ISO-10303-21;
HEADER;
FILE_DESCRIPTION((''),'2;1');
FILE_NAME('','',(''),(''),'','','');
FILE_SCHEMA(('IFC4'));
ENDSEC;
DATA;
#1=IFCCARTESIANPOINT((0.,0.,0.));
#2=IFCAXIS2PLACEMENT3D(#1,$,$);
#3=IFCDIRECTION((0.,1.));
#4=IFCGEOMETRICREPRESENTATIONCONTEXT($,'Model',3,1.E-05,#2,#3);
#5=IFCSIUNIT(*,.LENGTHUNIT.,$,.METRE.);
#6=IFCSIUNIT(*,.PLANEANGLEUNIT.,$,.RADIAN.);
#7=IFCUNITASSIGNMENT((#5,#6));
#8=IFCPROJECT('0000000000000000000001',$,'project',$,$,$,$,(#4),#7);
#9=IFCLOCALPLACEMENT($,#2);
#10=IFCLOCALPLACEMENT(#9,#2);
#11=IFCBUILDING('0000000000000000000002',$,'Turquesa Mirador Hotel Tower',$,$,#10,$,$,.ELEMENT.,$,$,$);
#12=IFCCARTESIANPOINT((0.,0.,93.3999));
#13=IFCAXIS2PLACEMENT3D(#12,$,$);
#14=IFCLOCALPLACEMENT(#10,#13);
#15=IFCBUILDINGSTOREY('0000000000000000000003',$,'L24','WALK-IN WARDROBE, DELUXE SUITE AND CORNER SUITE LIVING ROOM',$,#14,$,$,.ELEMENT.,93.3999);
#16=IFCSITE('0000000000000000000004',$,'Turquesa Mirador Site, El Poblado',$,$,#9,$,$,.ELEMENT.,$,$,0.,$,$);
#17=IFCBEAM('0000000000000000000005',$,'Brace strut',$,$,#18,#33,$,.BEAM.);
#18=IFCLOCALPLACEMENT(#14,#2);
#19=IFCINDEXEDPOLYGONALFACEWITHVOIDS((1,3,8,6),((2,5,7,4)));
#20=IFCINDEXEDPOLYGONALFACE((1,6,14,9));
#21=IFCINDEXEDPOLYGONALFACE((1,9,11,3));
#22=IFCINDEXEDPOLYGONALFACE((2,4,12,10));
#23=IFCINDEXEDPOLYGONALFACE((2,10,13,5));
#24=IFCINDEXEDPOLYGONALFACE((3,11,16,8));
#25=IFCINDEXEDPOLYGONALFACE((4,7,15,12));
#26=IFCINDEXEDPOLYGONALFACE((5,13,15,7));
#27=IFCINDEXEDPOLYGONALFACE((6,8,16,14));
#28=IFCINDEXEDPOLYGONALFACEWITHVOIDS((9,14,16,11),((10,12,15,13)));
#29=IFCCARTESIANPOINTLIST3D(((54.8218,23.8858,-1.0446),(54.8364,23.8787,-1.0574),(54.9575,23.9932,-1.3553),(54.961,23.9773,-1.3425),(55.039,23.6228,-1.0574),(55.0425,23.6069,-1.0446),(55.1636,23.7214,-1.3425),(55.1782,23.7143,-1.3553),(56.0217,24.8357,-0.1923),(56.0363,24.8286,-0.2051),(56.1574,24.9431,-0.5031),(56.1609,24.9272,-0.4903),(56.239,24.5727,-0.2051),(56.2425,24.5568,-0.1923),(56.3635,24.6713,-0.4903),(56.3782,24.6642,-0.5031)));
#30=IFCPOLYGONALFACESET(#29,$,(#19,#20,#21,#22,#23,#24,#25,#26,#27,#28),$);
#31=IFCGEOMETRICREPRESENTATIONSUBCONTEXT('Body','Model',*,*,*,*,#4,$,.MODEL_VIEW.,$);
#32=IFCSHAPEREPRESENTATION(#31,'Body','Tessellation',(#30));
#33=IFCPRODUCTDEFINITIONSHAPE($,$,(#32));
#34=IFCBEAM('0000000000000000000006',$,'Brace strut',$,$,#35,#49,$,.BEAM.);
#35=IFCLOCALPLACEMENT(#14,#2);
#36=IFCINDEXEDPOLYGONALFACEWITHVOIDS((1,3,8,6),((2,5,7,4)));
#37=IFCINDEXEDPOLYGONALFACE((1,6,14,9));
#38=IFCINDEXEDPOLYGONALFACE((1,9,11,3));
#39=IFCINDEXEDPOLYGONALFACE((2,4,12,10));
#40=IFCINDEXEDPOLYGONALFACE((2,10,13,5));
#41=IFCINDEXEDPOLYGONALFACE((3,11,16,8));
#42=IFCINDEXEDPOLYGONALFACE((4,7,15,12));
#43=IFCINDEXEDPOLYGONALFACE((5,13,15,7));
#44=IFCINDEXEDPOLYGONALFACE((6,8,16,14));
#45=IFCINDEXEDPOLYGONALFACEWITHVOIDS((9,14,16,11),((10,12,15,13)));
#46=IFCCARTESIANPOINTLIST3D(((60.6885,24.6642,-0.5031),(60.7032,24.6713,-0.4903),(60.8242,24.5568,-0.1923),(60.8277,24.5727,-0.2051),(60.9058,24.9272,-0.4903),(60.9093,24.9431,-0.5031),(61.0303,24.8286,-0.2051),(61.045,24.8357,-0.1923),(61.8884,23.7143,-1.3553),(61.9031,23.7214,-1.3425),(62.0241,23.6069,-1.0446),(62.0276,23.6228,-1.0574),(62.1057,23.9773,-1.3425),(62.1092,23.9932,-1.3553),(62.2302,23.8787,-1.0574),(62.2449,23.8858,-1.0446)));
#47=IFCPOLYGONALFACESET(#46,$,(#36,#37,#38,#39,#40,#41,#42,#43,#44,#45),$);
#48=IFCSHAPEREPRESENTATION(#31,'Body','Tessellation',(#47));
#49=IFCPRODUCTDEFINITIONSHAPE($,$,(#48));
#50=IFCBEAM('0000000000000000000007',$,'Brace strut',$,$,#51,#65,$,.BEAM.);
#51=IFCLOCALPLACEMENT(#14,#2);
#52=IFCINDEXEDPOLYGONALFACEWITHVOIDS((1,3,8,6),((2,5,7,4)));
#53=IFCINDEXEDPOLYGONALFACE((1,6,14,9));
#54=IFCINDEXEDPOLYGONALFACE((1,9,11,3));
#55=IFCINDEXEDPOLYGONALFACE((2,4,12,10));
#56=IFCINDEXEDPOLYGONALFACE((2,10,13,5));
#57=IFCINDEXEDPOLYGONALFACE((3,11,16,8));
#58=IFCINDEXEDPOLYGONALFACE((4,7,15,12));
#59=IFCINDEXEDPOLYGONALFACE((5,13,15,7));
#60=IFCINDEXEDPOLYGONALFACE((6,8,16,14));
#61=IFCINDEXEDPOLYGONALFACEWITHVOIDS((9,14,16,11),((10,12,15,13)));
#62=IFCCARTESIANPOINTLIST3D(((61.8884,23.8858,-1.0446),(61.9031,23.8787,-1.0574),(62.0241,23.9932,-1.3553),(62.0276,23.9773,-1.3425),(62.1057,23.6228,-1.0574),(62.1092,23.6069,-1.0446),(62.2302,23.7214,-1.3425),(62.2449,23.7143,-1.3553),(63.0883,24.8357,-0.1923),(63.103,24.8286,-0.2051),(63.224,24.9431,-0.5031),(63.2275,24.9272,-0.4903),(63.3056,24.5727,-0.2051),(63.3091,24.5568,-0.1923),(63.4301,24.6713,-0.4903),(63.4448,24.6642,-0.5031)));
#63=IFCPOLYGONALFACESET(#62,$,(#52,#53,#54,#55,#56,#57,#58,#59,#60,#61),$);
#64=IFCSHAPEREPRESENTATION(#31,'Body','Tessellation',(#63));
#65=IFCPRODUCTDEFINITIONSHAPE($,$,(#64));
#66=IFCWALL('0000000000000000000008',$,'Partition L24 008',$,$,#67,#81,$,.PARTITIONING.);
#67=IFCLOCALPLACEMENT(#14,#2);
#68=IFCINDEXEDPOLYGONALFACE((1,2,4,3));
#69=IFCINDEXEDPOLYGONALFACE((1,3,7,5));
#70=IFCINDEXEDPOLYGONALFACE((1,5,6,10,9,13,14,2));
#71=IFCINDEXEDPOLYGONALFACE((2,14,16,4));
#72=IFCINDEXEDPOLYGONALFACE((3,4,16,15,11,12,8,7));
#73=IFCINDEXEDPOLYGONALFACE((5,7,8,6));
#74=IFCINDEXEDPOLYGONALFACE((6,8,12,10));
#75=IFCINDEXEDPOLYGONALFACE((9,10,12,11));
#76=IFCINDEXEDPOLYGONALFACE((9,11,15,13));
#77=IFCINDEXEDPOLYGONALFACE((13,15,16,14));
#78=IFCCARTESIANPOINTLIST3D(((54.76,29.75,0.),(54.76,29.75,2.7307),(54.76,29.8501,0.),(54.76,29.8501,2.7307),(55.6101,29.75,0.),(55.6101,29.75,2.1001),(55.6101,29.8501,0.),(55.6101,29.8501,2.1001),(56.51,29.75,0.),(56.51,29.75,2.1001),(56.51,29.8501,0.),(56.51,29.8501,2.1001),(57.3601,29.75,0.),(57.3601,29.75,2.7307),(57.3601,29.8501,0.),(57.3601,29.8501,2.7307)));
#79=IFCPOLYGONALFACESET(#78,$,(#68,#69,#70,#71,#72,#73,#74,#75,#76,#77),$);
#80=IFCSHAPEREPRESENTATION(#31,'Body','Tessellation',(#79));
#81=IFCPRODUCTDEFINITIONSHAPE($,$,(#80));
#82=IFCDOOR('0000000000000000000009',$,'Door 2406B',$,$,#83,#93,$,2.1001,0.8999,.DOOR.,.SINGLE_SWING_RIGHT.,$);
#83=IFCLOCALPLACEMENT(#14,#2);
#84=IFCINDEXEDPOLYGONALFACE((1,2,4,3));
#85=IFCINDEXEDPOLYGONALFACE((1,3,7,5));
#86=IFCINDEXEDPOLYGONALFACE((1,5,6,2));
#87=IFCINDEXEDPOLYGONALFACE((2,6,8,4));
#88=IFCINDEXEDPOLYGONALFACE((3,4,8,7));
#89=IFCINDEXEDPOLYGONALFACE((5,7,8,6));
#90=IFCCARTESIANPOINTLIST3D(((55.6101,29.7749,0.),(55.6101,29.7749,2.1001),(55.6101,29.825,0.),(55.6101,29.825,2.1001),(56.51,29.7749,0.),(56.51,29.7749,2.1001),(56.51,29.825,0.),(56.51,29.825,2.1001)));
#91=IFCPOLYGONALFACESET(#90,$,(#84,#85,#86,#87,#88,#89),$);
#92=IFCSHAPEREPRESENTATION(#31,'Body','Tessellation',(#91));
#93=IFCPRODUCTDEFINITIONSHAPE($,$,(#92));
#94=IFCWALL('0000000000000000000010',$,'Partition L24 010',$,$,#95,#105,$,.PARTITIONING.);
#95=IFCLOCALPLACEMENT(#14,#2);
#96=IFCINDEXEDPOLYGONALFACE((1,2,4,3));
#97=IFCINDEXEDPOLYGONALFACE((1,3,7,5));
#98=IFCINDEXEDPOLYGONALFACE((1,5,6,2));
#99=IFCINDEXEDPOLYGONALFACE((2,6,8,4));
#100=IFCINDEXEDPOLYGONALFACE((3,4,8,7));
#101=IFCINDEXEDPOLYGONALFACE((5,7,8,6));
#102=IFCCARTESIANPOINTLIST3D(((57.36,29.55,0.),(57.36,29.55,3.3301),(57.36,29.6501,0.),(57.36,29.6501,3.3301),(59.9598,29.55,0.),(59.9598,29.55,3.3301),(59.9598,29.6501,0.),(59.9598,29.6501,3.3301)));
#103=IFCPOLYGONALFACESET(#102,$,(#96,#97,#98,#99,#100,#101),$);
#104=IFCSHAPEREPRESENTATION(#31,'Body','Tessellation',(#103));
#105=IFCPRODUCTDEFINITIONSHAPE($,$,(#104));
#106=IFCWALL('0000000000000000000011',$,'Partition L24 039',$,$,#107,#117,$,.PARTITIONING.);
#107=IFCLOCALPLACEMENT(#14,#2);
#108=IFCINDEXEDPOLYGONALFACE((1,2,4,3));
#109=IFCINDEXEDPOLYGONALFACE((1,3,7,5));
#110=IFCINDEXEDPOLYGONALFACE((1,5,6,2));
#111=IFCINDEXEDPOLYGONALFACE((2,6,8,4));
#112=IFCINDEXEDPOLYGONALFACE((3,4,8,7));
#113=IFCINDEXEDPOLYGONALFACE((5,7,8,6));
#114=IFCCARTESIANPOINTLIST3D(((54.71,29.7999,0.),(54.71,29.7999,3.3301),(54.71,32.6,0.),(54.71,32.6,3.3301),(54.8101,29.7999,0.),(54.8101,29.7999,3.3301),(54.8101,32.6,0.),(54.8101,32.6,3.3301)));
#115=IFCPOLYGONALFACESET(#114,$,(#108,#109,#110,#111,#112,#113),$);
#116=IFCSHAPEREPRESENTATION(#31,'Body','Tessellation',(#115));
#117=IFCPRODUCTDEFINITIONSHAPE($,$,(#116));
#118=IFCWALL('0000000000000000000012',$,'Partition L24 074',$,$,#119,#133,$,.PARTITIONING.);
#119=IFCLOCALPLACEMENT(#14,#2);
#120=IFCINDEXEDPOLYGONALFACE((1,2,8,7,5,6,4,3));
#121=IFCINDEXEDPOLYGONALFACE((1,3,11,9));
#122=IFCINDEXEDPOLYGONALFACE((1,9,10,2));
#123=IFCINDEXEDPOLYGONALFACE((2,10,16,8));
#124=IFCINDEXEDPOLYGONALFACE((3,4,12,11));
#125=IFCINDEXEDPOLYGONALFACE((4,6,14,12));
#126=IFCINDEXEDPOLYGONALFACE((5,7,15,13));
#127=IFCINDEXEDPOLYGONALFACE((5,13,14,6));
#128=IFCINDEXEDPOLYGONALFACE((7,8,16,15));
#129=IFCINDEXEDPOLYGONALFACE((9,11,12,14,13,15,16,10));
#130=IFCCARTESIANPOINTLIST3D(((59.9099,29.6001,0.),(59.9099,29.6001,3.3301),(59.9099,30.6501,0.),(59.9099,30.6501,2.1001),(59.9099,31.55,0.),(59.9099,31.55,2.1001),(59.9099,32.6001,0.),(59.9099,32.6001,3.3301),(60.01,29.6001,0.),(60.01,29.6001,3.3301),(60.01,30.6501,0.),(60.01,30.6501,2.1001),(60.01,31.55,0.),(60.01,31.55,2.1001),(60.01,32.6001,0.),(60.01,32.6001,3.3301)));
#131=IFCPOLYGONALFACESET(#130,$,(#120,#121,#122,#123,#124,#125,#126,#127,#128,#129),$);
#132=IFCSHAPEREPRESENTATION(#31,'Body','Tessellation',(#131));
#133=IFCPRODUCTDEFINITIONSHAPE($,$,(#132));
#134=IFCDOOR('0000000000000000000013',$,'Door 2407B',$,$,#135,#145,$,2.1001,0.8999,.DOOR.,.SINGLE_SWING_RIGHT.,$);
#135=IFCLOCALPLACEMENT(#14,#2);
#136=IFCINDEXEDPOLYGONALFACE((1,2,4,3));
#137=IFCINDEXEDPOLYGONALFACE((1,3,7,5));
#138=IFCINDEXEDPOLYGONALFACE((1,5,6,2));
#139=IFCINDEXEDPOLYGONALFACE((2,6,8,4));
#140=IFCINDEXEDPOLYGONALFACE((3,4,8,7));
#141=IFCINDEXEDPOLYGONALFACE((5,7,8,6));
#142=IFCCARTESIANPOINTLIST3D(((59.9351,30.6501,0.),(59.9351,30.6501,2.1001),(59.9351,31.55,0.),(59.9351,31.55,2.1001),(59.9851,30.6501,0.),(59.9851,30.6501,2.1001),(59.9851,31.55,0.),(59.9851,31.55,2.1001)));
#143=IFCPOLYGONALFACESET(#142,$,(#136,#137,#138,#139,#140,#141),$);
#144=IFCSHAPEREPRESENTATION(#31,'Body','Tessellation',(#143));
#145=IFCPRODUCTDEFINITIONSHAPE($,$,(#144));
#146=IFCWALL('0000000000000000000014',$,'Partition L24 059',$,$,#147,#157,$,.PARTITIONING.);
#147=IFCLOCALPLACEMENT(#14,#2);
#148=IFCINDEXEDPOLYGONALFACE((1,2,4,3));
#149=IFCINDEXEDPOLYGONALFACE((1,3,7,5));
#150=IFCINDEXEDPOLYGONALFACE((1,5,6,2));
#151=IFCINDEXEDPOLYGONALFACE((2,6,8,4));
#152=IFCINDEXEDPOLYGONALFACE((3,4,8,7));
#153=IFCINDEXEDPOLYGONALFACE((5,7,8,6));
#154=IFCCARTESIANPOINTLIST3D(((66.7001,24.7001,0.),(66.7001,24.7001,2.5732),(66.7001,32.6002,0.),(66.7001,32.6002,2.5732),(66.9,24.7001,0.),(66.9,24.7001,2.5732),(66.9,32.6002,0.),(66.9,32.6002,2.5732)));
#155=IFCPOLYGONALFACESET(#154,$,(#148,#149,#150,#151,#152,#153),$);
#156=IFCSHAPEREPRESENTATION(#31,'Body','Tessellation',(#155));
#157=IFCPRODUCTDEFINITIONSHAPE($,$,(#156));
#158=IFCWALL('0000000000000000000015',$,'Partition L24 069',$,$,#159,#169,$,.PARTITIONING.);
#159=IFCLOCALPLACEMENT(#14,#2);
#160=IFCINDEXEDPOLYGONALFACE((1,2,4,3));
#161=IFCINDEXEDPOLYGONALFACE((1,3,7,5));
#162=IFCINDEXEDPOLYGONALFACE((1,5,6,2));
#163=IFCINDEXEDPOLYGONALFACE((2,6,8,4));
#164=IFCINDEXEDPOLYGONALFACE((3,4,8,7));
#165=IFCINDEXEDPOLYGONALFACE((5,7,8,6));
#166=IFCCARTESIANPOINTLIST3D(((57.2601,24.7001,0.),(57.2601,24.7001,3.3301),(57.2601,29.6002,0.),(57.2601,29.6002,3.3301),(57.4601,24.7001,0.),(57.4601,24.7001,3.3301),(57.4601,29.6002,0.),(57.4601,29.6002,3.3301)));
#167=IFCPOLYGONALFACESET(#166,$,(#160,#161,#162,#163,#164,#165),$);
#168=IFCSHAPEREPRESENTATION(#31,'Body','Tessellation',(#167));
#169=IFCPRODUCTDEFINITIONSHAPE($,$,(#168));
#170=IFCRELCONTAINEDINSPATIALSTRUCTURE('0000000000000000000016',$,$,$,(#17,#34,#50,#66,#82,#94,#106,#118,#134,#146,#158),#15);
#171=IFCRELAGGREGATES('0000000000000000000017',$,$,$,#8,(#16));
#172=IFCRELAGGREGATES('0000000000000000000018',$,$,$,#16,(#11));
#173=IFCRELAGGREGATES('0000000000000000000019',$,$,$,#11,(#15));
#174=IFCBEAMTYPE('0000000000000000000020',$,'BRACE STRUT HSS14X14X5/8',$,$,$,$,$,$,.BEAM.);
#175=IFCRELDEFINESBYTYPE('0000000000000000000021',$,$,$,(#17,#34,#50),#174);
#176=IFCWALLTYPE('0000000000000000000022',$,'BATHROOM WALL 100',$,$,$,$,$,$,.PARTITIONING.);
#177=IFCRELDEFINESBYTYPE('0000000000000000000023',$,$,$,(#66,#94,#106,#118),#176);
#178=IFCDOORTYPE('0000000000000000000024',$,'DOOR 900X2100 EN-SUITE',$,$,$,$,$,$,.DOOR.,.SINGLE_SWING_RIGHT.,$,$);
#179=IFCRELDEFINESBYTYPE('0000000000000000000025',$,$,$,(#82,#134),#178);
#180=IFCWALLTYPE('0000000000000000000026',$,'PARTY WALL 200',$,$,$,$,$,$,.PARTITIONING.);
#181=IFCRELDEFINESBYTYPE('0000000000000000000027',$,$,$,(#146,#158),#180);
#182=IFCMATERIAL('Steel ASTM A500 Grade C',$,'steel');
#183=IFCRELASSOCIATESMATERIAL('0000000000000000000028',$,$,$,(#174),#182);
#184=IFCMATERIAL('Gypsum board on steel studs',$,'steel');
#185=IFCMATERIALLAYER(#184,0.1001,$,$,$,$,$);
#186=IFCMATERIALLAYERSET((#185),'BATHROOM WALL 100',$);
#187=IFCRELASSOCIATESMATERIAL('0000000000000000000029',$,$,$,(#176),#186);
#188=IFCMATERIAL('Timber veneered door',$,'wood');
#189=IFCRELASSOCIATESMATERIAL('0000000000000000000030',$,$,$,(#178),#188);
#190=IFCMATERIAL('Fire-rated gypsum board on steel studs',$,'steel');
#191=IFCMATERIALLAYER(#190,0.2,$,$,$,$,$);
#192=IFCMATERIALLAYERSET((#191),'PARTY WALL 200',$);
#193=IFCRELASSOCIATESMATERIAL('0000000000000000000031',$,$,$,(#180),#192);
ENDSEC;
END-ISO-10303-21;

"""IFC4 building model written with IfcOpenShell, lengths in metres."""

from ifc_helpers import new_model, si_unit, direction, frame, frame_2d, origin, origin_2d, place, context, subcontext, project, spatial, rectangle, hollow_rectangle, extrude, material, layer, layer_set, material_profile, profile_set, type_object, element, fill, save


model = new_model("IFC4")

# Units and contexts
model_context = context("Model", 3, precision=1e-05, world=origin(), true_north=direction((0.0, 1.0)))
body_context = subcontext(model_context, "Body", "Model", "MODEL_VIEW")
ifc_project = project(units=[si_unit("LENGTHUNIT", "METRE"), si_unit("PLANEANGLEUNIT", "RADIAN")], contexts=[model_context])

# Site, building, storey
site_placement = place(None, origin())
site = spatial("IfcSite", under=ifc_project, at=site_placement, Name="Turquesa Mirador Site, El Poblado", CompositionType="ELEMENT", RefElevation=0.0)
building_placement = place(site_placement, origin())
building = spatial("IfcBuilding", under=site, at=building_placement, Name="Turquesa Mirador Hotel Tower", CompositionType="ELEMENT")
storey_placement = place(building_placement, frame((0.0, 0.0, 93.3999)))
storey = spatial("IfcBuildingStorey", under=building, at=storey_placement, Name="L24", Description="WALK-IN WARDROBE, DELUXE SUITE AND CORNER SUITE LIVING ROOM", CompositionType="ELEMENT", Elevation=93.3999)

# Beams
ifc_material_1 = material(Name="Steel ASTM A500 Grade C", Category="steel")
ifc_material_profile_1 = material_profile(ifc_material_1, hollow_rectangle(XDim=0.3557, YDim=0.3557, WallThickness=0.0146, at=origin_2d()), Name="HSS14X14X5/8")
ifc_profile_set_1 = profile_set([ifc_material_profile_1], Name="Steel ASTM A500 Grade C")
beam_type_1 = type_object("IfcBeamType", Name="BRACE STRUT HSS14X14X5/8", PredefinedType="BEAM", material=ifc_profile_set_1)
for number, where, z_axis, x_axis, name in (
    (1, (55.0, 23.8, -1.2), (0.684994, 0.542281, 0.486534), (-0.620699, 0.784049, 0.0), "Brace strut"),
    (2, (62.0667, 23.8, -1.2), (-0.684994, 0.542281, 0.486534), (-0.620699, -0.784049, 0.0), "Brace strut"),
    (3, (62.0667, 23.8, -1.2), (0.684994, 0.542281, 0.486534), (-0.620699, 0.784049, 0.0), "Brace strut"),
):
    element("IfcBeam", number, at=place(storey_placement, frame(where, z_axis=z_axis, x_axis=x_axis)), inside=storey, type_object=beam_type_1, Name=name, PredefinedType="BEAM", context=body_context, shape_type="SweptSolid", body=[
        extrude(hollow_rectangle(XDim=0.3557, YDim=0.3557, WallThickness=0.0146, at=origin_2d()), origin(), (0.0, 0.0, 1.0), 1.7517),
    ])

# Wall, opening, door
ifc_material_2 = material(Name="Gypsum board on steel studs", Category="steel")
ifc_layer_1 = layer(ifc_material_2, 0.1001)
ifc_layer_set_1 = layer_set([ifc_layer_1], Name="BATHROOM WALL 100")
wall_type_1 = type_object("IfcWallType", Name="BATHROOM WALL 100", PredefinedType="PARTITIONING", material=ifc_layer_set_1)
wall_1_placement = place(storey_placement, frame((54.76, 29.8, 0.0), z_axis=(0.0, 0.0, 1.0), x_axis=(1.0, 0.0, 0.0)))
wall_1 = element("IfcWall", 4, at=wall_1_placement, inside=storey, type_object=wall_type_1, Name="Partition L24 008", PredefinedType="PARTITIONING", context=body_context, shape_type="SweptSolid", body=[
    extrude(rectangle(XDim=2.6001, YDim=0.1001, at=frame_2d((1.3, 0.0))), origin(), (0.0, 0.0, 1.0), 2.7307),
])
opening_1_placement = place(wall_1_placement, frame((0.8501, 0.0, 0.0)))
opening_1 = element("IfcOpeningElement", 5, at=opening_1_placement, cuts=wall_1, PredefinedType="OPENING", context=body_context, shape_type="SweptSolid", body=[
    extrude(rectangle(XDim=0.8999, YDim=2.1001, at=frame_2d((0.45, 1.05))), frame((0.0, 0.0601, 0.0), z_axis=(0.0, -1.0, 0.0), x_axis=(1.0, 0.0, 0.0)), (0.0, 0.0, 1.0), 0.1201),
])
ifc_material_3 = material(Name="Timber veneered door", Category="wood")
door_type = type_object("IfcDoorType", Name="DOOR 900X2100 EN-SUITE", OperationType="SINGLE_SWING_RIGHT", PredefinedType="DOOR", material=ifc_material_3)
door_1_placement = place(opening_1_placement, origin())
door_1 = element("IfcDoor", 6, at=door_1_placement, inside=storey, type_object=door_type, Name="Door 2406B", OperationType="SINGLE_SWING_RIGHT", OverallHeight=2.1001, OverallWidth=0.8999, PredefinedType="DOOR", context=body_context, shape_type="SweptSolid", body=[
    extrude(rectangle(XDim=0.8999, YDim=2.1001, at=frame_2d((0.45, 1.05))), frame((0.0, 0.0249, 0.0), z_axis=(0.0, -1.0, 0.0), x_axis=(1.0, 0.0, 0.0)), (0.0, 0.0, 1.0), 0.05),
])
fill(opening_1, door_1)

# Walls
wall_2_placement = place(storey_placement, frame((57.3601, 29.6001, 0.0), z_axis=(0.0, 0.0, 1.0), x_axis=(1.0, 0.0, 0.0)))
element("IfcWall", 7, at=wall_2_placement, inside=storey, type_object=wall_type_1, Name="Partition L24 010", PredefinedType="PARTITIONING", context=body_context, shape_type="SweptSolid", body=[
    extrude(rectangle(XDim=2.5999, YDim=0.1001, at=frame_2d((1.2998, 0.0))), origin(), (0.0, 0.0, 1.0), 3.3301),
])
wall_3_placement = place(storey_placement, frame((54.76, 29.8, 0.0), z_axis=(0.0, 0.0, 1.0), x_axis=(0.0, 1.0, 0.0)))
element("IfcWall", 8, at=wall_3_placement, inside=storey, type_object=wall_type_1, Name="Partition L24 039", PredefinedType="PARTITIONING", context=body_context, shape_type="SweptSolid", body=[
    extrude(rectangle(XDim=2.8, YDim=0.1001, at=frame_2d((1.3999, 0.0))), origin(), (0.0, 0.0, 1.0), 3.3301),
])

# Wall, opening, door
wall_4_placement = place(storey_placement, frame((59.96, 29.6001, 0.0), z_axis=(0.0, 0.0, 1.0), x_axis=(0.0, 1.0, 0.0)))
wall_4 = element("IfcWall", 9, at=wall_4_placement, inside=storey, type_object=wall_type_1, Name="Partition L24 074", PredefinedType="PARTITIONING", context=body_context, shape_type="SweptSolid", body=[
    extrude(rectangle(XDim=3.0, YDim=0.1001, at=frame_2d((1.5, 0.0))), origin(), (0.0, 0.0, 1.0), 3.3301),
])
opening_2_placement = place(wall_4_placement, frame((1.05, 0.0, 0.0)))
opening_2 = element("IfcOpeningElement", 10, at=opening_2_placement, cuts=wall_4, PredefinedType="OPENING", context=body_context, shape_type="SweptSolid", body=[
    extrude(rectangle(XDim=0.8999, YDim=2.1001, at=frame_2d((0.45, 1.05))), frame((0.0, 0.0601, 0.0), z_axis=(0.0, -1.0, 0.0), x_axis=(1.0, 0.0, 0.0)), (0.0, 0.0, 1.0), 0.1201),
])
door_2_placement = place(opening_2_placement, origin())
door_2 = element("IfcDoor", 11, at=door_2_placement, inside=storey, type_object=door_type, Name="Door 2407B", OperationType="SINGLE_SWING_RIGHT", OverallHeight=2.1001, OverallWidth=0.8999, PredefinedType="DOOR", context=body_context, shape_type="SweptSolid", body=[
    extrude(rectangle(XDim=0.8999, YDim=2.1001, at=frame_2d((0.45, 1.05))), frame((0.0, 0.0249, 0.0), z_axis=(0.0, -1.0, 0.0), x_axis=(1.0, 0.0, 0.0)), (0.0, 0.0, 1.0), 0.05),
])
fill(opening_2, door_2)

# Walls
ifc_material_4 = material(Name="Fire-rated gypsum board on steel studs", Category="steel")
ifc_layer_2 = layer(ifc_material_4, 0.2)
ifc_layer_set_2 = layer_set([ifc_layer_2], Name="PARTY WALL 200")
wall_type_2 = type_object("IfcWallType", Name="PARTY WALL 200", PredefinedType="PARTITIONING", material=ifc_layer_set_2)
wall_5_placement = place(storey_placement, frame((66.8, 24.7, 0.0), z_axis=(0.0, 0.0, 1.0), x_axis=(0.0, 1.0, 0.0)))
element("IfcWall", 12, at=wall_5_placement, inside=storey, type_object=wall_type_2, Name="Partition L24 059", PredefinedType="PARTITIONING", context=body_context, shape_type="SweptSolid", body=[
    extrude(rectangle(XDim=7.9001, YDim=0.2, at=frame_2d((3.9502, 0.0))), origin(), (0.0, 0.0, 1.0), 2.5732),
])
wall_6_placement = place(storey_placement, frame((57.3601, 24.7, 0.0), z_axis=(0.0, 0.0, 1.0), x_axis=(0.0, 1.0, 0.0)))
element("IfcWall", 13, at=wall_6_placement, inside=storey, type_object=wall_type_2, Name="Partition L24 069", PredefinedType="PARTITIONING", context=body_context, shape_type="SweptSolid", body=[
    extrude(rectangle(XDim=4.9001, YDim=0.2, at=frame_2d((2.4502, 0.0))), origin(), (0.0, 0.0, 1.0), 3.3301),
])

save(model, "model.ifc")
